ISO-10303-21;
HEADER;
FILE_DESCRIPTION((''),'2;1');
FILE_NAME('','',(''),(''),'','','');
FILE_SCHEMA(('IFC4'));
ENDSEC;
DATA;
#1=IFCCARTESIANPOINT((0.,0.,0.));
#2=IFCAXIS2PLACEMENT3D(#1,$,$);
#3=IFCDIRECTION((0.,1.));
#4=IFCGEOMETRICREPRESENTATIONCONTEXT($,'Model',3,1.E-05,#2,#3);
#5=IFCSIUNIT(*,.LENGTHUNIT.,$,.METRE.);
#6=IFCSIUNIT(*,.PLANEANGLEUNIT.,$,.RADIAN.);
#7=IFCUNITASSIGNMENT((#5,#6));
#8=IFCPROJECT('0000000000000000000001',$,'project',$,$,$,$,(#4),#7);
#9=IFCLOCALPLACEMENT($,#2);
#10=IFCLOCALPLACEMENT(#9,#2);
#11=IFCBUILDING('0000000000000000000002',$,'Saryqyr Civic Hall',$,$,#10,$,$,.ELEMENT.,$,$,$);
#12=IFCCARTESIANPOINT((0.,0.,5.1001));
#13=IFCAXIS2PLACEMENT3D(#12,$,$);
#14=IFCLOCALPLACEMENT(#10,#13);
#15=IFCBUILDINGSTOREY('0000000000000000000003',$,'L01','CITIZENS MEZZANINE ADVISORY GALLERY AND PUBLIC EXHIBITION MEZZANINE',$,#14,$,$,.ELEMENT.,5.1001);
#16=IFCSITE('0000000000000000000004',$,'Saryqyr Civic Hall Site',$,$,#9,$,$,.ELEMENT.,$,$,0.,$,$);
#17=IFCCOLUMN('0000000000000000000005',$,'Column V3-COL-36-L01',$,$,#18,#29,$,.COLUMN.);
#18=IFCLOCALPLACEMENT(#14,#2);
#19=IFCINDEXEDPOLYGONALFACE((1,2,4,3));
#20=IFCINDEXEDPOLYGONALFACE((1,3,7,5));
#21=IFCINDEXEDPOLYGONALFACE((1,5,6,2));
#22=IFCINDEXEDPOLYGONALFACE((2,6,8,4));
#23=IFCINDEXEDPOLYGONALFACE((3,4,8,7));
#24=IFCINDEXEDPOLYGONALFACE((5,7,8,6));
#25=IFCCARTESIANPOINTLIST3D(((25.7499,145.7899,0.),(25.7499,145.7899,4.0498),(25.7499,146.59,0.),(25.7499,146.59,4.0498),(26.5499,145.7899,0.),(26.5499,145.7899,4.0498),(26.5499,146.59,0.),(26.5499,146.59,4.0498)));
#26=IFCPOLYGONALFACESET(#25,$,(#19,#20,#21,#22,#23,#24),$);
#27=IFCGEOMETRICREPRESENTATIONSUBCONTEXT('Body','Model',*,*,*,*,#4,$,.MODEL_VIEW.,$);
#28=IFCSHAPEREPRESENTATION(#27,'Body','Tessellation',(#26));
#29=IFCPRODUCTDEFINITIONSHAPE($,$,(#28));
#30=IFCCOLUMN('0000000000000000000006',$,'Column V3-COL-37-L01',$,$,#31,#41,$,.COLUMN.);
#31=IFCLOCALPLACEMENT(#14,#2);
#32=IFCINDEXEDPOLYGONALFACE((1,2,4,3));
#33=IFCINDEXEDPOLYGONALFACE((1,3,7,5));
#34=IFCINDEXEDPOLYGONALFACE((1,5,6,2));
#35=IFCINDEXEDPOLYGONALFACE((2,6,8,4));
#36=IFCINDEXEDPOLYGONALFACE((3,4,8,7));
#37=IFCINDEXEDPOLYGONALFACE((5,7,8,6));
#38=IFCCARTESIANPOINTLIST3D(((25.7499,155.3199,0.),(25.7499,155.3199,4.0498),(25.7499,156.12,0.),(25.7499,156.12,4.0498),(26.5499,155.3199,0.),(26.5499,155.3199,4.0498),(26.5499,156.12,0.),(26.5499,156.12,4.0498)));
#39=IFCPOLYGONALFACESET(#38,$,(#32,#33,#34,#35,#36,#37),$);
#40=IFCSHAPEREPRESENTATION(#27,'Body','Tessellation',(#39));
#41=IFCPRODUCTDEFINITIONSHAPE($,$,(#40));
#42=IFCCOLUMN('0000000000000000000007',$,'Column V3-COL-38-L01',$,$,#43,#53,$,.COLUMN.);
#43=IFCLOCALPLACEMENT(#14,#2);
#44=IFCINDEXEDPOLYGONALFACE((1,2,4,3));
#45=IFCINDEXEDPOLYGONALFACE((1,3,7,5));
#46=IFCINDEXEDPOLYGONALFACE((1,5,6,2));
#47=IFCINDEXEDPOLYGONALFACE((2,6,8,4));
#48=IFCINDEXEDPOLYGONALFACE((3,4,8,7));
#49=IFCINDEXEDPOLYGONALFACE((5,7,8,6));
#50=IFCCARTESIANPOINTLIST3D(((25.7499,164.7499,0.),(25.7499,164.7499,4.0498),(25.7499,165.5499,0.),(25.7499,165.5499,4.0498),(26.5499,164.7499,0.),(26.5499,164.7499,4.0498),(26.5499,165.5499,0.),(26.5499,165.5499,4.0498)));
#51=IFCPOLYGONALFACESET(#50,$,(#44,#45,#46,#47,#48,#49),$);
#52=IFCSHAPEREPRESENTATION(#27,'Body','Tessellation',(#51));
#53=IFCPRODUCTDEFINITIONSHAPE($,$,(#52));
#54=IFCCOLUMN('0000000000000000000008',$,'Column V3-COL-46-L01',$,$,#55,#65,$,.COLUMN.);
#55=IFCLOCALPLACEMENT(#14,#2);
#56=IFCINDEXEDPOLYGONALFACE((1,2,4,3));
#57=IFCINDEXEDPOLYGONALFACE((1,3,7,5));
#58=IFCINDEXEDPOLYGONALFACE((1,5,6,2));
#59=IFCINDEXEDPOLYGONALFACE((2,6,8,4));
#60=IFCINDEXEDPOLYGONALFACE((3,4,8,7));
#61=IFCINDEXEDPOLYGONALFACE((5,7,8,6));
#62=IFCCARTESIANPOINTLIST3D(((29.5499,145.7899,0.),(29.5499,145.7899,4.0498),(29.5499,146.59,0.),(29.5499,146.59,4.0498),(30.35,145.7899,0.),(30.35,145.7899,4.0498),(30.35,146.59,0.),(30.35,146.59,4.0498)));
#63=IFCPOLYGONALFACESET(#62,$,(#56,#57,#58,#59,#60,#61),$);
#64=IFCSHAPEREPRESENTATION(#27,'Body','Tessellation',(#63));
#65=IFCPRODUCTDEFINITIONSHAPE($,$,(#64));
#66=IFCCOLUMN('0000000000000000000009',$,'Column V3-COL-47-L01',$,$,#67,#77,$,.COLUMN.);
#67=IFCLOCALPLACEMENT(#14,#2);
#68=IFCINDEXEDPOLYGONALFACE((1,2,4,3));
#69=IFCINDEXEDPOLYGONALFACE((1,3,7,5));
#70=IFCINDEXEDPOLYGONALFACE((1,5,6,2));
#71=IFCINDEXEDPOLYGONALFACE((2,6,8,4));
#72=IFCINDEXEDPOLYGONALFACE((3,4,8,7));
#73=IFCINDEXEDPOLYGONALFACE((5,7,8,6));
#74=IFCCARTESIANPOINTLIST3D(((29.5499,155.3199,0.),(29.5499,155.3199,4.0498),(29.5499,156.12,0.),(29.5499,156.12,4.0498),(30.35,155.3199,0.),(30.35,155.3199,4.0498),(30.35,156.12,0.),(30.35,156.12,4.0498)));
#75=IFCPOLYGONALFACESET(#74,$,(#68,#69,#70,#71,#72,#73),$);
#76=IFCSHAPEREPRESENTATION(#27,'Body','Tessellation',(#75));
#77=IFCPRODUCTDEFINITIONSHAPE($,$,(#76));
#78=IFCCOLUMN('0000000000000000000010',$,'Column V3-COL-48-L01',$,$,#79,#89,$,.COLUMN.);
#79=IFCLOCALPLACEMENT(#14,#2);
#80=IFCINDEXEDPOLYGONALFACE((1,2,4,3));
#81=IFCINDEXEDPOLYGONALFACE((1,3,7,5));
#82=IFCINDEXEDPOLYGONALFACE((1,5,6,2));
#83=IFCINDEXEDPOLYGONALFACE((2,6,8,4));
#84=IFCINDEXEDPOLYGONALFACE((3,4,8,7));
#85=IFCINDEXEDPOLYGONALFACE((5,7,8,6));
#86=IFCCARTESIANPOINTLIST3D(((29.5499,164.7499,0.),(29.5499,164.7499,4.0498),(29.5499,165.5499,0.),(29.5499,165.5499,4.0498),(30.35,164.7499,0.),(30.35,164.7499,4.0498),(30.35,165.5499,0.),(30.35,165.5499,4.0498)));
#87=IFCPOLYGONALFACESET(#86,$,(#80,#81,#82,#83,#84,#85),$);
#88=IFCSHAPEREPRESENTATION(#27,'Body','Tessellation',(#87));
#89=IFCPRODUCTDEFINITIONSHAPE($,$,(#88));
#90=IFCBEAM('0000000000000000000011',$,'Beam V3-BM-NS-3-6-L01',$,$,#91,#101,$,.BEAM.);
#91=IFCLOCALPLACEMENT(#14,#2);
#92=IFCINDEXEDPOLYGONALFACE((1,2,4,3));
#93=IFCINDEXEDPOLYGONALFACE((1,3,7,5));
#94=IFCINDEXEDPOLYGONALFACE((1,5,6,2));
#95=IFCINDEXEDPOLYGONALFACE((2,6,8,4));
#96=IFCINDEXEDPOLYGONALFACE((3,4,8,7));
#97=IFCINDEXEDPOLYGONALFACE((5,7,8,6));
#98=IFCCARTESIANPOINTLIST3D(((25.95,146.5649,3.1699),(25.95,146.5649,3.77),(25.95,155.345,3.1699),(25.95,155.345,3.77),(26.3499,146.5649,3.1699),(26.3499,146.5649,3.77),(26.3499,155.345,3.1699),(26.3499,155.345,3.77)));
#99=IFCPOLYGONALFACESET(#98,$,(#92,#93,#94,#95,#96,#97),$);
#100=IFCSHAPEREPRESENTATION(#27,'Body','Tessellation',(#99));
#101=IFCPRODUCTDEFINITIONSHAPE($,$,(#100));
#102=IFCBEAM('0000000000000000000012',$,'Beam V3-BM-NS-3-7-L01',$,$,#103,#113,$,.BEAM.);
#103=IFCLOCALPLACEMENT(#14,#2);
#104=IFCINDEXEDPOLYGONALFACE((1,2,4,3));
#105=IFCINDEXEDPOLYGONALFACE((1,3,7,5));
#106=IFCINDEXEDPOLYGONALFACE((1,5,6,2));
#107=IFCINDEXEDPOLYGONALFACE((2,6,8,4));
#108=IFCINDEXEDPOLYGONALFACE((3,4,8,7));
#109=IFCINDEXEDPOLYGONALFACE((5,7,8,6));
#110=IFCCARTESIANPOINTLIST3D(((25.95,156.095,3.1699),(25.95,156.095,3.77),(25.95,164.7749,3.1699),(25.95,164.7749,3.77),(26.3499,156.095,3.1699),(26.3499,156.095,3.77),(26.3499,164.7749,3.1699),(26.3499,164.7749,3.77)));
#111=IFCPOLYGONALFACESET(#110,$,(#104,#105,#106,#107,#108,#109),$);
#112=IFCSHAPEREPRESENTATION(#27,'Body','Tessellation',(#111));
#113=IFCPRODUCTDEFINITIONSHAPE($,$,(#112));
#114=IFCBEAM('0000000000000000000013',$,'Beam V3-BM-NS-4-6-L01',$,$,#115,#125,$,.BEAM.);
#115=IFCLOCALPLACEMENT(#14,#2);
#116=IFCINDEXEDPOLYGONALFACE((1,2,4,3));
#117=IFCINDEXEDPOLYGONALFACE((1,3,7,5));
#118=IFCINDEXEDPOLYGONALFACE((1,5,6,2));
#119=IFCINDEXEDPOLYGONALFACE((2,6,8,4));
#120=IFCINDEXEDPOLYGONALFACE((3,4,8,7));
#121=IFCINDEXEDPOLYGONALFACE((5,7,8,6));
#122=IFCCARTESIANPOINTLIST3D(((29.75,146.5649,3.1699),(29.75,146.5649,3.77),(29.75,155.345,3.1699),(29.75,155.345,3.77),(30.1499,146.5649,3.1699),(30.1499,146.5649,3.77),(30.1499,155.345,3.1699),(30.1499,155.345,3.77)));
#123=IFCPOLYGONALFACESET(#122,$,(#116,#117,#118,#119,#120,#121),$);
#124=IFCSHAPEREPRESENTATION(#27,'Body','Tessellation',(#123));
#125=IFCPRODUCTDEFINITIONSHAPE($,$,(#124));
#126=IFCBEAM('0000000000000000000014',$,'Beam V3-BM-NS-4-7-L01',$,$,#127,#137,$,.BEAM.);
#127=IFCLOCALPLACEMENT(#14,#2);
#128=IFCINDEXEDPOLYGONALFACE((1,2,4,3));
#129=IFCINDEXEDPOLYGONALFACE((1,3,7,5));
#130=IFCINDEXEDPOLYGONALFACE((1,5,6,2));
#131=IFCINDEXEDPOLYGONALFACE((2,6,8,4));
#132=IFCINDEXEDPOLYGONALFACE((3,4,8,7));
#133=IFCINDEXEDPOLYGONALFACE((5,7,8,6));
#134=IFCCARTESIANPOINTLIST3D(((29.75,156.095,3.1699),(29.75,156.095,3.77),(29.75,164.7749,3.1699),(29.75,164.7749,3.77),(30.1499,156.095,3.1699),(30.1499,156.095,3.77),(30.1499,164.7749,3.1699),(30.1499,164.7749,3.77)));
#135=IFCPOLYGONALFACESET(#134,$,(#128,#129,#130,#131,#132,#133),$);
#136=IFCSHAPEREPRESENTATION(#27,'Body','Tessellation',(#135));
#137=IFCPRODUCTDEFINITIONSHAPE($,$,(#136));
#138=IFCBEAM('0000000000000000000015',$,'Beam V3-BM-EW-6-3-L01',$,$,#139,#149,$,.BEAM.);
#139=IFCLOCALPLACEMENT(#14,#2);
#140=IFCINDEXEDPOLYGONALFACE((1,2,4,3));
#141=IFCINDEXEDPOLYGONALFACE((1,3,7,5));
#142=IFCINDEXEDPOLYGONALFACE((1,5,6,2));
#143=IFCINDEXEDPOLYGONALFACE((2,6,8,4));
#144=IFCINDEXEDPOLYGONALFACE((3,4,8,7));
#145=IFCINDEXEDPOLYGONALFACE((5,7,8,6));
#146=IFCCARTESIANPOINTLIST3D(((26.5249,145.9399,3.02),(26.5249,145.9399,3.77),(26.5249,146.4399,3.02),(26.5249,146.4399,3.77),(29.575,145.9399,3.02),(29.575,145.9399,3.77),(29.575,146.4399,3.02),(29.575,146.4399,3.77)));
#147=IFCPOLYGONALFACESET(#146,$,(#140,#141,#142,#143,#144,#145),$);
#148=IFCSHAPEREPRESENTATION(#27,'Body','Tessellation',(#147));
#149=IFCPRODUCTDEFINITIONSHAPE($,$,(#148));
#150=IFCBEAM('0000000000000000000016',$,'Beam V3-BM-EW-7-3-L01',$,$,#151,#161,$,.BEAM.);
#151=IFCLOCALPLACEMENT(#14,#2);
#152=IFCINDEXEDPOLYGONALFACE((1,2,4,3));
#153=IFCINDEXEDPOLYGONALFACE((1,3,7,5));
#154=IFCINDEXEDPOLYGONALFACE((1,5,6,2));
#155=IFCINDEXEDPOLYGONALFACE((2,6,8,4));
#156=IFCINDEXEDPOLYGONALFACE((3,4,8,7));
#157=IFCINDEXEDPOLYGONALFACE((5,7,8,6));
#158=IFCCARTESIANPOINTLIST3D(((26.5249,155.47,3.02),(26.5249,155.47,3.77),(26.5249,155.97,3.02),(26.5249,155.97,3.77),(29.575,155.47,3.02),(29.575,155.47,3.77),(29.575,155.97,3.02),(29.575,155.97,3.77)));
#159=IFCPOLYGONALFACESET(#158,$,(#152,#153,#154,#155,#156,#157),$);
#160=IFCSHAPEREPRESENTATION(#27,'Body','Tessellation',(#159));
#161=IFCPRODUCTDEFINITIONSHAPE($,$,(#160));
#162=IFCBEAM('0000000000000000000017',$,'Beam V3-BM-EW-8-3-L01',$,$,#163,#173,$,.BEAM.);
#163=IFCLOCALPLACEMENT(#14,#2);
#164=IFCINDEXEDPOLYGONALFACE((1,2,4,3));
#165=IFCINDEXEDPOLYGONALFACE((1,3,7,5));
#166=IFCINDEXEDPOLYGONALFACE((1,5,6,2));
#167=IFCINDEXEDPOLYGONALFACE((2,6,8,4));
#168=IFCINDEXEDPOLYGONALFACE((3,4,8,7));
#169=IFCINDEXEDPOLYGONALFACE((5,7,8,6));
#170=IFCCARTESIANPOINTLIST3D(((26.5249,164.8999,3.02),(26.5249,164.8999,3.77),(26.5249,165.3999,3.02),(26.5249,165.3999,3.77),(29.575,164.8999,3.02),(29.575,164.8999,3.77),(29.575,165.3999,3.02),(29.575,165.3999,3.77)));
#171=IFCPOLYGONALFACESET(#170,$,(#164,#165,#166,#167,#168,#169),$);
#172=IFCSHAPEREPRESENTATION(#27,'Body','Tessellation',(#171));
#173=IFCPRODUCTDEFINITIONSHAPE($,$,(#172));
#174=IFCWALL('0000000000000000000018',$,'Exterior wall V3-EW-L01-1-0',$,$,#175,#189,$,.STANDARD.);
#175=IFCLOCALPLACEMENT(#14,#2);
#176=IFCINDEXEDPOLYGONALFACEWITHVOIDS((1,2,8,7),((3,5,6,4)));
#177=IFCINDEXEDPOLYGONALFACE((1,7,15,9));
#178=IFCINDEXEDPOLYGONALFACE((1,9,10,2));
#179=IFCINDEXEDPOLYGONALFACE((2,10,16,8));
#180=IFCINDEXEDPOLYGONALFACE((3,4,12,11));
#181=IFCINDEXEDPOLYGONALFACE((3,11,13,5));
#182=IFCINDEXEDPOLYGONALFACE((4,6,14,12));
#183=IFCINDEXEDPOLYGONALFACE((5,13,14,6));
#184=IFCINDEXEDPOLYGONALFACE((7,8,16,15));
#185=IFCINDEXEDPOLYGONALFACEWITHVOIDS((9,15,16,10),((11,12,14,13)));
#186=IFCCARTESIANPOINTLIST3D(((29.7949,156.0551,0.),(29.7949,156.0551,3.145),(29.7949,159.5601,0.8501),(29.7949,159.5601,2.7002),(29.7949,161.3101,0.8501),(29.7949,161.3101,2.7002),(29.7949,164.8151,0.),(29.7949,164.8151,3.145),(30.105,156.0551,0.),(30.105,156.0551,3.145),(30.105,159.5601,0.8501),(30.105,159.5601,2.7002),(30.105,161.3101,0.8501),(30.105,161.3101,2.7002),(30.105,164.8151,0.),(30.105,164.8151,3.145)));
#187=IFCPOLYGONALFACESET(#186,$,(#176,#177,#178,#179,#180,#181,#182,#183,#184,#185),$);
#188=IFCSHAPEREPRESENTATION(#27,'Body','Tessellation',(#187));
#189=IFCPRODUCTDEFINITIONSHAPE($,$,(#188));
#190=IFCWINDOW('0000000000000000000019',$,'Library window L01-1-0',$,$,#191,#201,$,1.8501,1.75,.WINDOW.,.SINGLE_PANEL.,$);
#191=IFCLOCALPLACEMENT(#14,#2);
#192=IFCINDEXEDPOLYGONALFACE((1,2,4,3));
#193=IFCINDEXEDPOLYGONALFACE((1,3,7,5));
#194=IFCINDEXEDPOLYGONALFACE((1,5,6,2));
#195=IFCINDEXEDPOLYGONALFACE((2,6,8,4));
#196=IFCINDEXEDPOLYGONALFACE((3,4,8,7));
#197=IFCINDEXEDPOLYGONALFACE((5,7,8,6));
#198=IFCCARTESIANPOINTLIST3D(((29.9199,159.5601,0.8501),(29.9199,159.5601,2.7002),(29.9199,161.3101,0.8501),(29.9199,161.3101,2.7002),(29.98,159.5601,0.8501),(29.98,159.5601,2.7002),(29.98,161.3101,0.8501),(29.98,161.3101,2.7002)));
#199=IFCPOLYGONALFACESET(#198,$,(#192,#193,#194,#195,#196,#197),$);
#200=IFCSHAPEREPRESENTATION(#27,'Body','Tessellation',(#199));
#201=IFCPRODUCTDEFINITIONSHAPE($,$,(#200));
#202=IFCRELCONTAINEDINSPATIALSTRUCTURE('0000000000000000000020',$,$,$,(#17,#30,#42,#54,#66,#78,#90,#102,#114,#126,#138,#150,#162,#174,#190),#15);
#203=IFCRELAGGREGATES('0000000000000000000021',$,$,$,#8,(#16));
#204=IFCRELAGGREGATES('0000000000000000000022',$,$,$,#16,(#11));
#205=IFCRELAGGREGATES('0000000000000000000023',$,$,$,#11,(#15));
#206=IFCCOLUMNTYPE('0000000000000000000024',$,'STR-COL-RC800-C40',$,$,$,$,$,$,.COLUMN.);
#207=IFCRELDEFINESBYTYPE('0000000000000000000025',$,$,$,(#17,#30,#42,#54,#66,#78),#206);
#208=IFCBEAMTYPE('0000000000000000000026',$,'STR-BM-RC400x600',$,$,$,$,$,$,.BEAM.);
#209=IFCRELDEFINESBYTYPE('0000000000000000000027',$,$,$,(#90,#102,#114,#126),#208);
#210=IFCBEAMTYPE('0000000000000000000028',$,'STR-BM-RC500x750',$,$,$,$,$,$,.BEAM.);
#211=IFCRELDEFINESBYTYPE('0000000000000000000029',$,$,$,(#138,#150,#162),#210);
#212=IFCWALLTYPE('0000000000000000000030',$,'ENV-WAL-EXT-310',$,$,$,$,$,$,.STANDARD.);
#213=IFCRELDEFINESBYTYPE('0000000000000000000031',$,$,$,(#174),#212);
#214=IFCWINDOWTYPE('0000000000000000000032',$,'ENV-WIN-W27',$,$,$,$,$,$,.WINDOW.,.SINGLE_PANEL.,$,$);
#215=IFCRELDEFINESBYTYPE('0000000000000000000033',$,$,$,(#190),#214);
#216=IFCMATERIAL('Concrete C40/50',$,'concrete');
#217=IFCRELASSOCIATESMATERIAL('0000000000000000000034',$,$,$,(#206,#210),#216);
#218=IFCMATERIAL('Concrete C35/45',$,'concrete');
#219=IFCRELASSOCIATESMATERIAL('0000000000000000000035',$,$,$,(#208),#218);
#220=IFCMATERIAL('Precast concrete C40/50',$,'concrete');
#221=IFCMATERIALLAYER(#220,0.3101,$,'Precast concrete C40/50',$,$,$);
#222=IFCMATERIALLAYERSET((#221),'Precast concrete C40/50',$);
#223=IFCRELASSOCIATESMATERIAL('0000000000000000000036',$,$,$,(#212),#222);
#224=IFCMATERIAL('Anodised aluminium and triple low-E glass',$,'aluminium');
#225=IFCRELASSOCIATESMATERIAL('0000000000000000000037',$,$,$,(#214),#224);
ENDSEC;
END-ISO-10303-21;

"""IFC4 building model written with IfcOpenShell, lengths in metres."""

from ifc_helpers import new_model, si_unit, direction, frame, frame_2d, origin, origin_2d, place, context, subcontext, project, spatial, rectangle, extrude, material, layer, layer_set, material_profile, profile_set, type_object, element, fill, save


model = new_model("IFC4")

# Units and contexts
model_context = context("Model", 3, precision=1e-05, world=origin(), true_north=direction((0.0, 1.0)))
body_context = subcontext(model_context, "Body", "Model", "MODEL_VIEW")
ifc_project = project(units=[si_unit("LENGTHUNIT", "METRE"), si_unit("PLANEANGLEUNIT", "RADIAN")], contexts=[model_context])

# Site, building, storey
site_placement = place(None, origin())
site = spatial("IfcSite", under=ifc_project, at=site_placement, Name="Saryqyr Civic Hall Site", CompositionType="ELEMENT", RefElevation=0.0)
building_placement = place(site_placement, origin())
building = spatial("IfcBuilding", under=site, at=building_placement, Name="Saryqyr Civic Hall", CompositionType="ELEMENT")
storey_placement = place(building_placement, frame((0.0, 0.0, 5.1001)))
storey = spatial("IfcBuildingStorey", under=building, at=storey_placement, Name="L01", Description="CITIZENS MEZZANINE ADVISORY GALLERY AND PUBLIC EXHIBITION MEZZANINE", CompositionType="ELEMENT", Elevation=5.1001)

# Columns
ifc_material_1 = material(Name="Concrete C40/50", Category="concrete")
ifc_material_profile_1 = material_profile(ifc_material_1, rectangle(XDim=0.8, YDim=0.8, at=origin_2d()), Name="RC 800x800")
ifc_profile_set_1 = profile_set([ifc_material_profile_1], Name="Concrete C40/50")
column_type = type_object("IfcColumnType", Name="STR-COL-RC800-C40", PredefinedType="COLUMN", material=ifc_profile_set_1)
for number, where, z_axis, x_axis, name in (
    (1, (26.1499, 146.1899, 0.0), (0.0, 0.0, 1.0), (1.0, 0.0, 0.0), "Column V3-COL-36-L01"),
    (2, (26.1499, 155.72, 0.0), (0.0, 0.0, 1.0), (1.0, 0.0, 0.0), "Column V3-COL-37-L01"),
    (3, (26.1499, 165.1499, 0.0), (0.0, 0.0, 1.0), (1.0, 0.0, 0.0), "Column V3-COL-38-L01"),
    (4, (29.95, 146.1899, 0.0), (0.0, 0.0, 1.0), (1.0, 0.0, 0.0), "Column V3-COL-46-L01"),
    (5, (29.95, 155.72, 0.0), (0.0, 0.0, 1.0), (1.0, 0.0, 0.0), "Column V3-COL-47-L01"),
    (6, (29.95, 165.1499, 0.0), (0.0, 0.0, 1.0), (1.0, 0.0, 0.0), "Column V3-COL-48-L01"),
):
    element("IfcColumn", number, at=place(storey_placement, frame(where, z_axis=z_axis, x_axis=x_axis)), inside=storey, type_object=column_type, Name=name, PredefinedType="COLUMN", context=body_context, shape_type="SweptSolid", body=[
        extrude(rectangle(XDim=0.8, YDim=0.8, at=origin_2d()), origin(), (0.0, 0.0, 1.0), 4.0498),
    ])

# Beams
ifc_material_2 = material(Name="Concrete C35/45", Category="concrete")
ifc_material_profile_2 = material_profile(ifc_material_2, rectangle(XDim=0.3999, YDim=0.6001, at=origin_2d()), Name="RC 400x600")
ifc_profile_set_2 = profile_set([ifc_material_profile_2], Name="Concrete C35/45")
beam_type_1 = type_object("IfcBeamType", Name="STR-BM-RC400x600", PredefinedType="BEAM", material=ifc_profile_set_2)
beam_1_placement = place(storey_placement, frame((26.1499, 146.5649, 3.47), z_axis=(0.0, 1.0, 0.0), x_axis=(-1.0, 0.0, 0.0)))
element("IfcBeam", 7, at=beam_1_placement, inside=storey, type_object=beam_type_1, Name="Beam V3-BM-NS-3-6-L01", PredefinedType="BEAM", context=body_context, shape_type="SweptSolid", body=[
    extrude(rectangle(XDim=0.3999, YDim=0.6001, at=origin_2d()), origin(), (0.0, 0.0, 1.0), 8.78),
])
beam_2_placement = place(storey_placement, frame((26.1499, 156.095, 3.47), z_axis=(0.0, 1.0, 0.0), x_axis=(-1.0, 0.0, 0.0)))
element("IfcBeam", 8, at=beam_2_placement, inside=storey, type_object=beam_type_1, Name="Beam V3-BM-NS-3-7-L01", PredefinedType="BEAM", context=body_context, shape_type="SweptSolid", body=[
    extrude(rectangle(XDim=0.3999, YDim=0.6001, at=origin_2d()), origin(), (0.0, 0.0, 1.0), 8.6799),
])
beam_3_placement = place(storey_placement, frame((29.95, 146.5649, 3.47), z_axis=(0.0, 1.0, 0.0), x_axis=(-1.0, 0.0, 0.0)))
element("IfcBeam", 9, at=beam_3_placement, inside=storey, type_object=beam_type_1, Name="Beam V3-BM-NS-4-6-L01", PredefinedType="BEAM", context=body_context, shape_type="SweptSolid", body=[
    extrude(rectangle(XDim=0.3999, YDim=0.6001, at=origin_2d()), origin(), (0.0, 0.0, 1.0), 8.78),
])
beam_4_placement = place(storey_placement, frame((29.95, 156.095, 3.47), z_axis=(0.0, 1.0, 0.0), x_axis=(-1.0, 0.0, 0.0)))
element("IfcBeam", 10, at=beam_4_placement, inside=storey, type_object=beam_type_1, Name="Beam V3-BM-NS-4-7-L01", PredefinedType="BEAM", context=body_context, shape_type="SweptSolid", body=[
    extrude(rectangle(XDim=0.3999, YDim=0.6001, at=origin_2d()), origin(), (0.0, 0.0, 1.0), 8.6799),
])
ifc_material_profile_3 = material_profile(ifc_material_1, rectangle(XDim=0.5, YDim=0.75, at=origin_2d()), Name="RC 500x750")
ifc_profile_set_3 = profile_set([ifc_material_profile_3], Name="Concrete C40/50")
beam_type_2 = type_object("IfcBeamType", Name="STR-BM-RC500x750", PredefinedType="BEAM", material=ifc_profile_set_3)
for number, where, z_axis, x_axis, name in (
    (11, (26.5249, 146.1899, 3.395), (1.0, 0.0, 0.0), (0.0, 1.0, 0.0), "Beam V3-BM-EW-6-3-L01"),
    (12, (26.5249, 155.72, 3.395), (1.0, 0.0, 0.0), (0.0, 1.0, 0.0), "Beam V3-BM-EW-7-3-L01"),
    (13, (26.5249, 165.1499, 3.395), (1.0, 0.0, 0.0), (0.0, 1.0, 0.0), "Beam V3-BM-EW-8-3-L01"),
):
    element("IfcBeam", number, at=place(storey_placement, frame(where, z_axis=z_axis, x_axis=x_axis)), inside=storey, type_object=beam_type_2, Name=name, PredefinedType="BEAM", context=body_context, shape_type="SweptSolid", body=[
        extrude(rectangle(XDim=0.5, YDim=0.75, at=origin_2d()), origin(), (0.0, 0.0, 1.0), 3.05),
    ])

# Wall, opening, window
ifc_material_3 = material(Name="Precast concrete C40/50", Category="concrete")
ifc_layer_1 = layer(ifc_material_3, 0.3101, Name="Precast concrete C40/50")
ifc_layer_set_1 = layer_set([ifc_layer_1], Name="Precast concrete C40/50")
wall_type = type_object("IfcWallType", Name="ENV-WAL-EXT-310", PredefinedType="STANDARD", material=ifc_layer_set_1)
wall_1_placement = place(storey_placement, frame((29.95, 164.8149, 0.0), z_axis=(0.0, 0.0, 1.0), x_axis=(0.0, -1.0, 0.0)))
wall_1 = element("IfcWall", 14, at=wall_1_placement, inside=storey, type_object=wall_type, Name="Exterior wall V3-EW-L01-1-0", PredefinedType="STANDARD", context=body_context, shape_type="SweptSolid", body=[
    extrude(rectangle(XDim=8.76, YDim=0.3101, at=frame_2d((4.3799, 0.0))), origin(), (0.0, 0.0, 1.0), 3.145),
])
opening_1_placement = place(wall_1_placement, frame((3.5049, 0.0, 0.8501)))
opening_1 = element("IfcOpeningElement", 15, at=opening_1_placement, cuts=wall_1, PredefinedType="OPENING", context=body_context, shape_type="SweptSolid", body=[
    extrude(rectangle(XDim=1.75, YDim=1.8501, at=frame_2d((0.875, 0.925))), frame((0.0, 0.165, 0.0), z_axis=(0.0, -1.0, 0.0), x_axis=(1.0, 0.0, 0.0)), (0.0, 0.0, 1.0), 0.3301),
])
ifc_material_4 = material(Name="Anodised aluminium and triple low-E glass", Category="aluminium")
window_type_1 = type_object("IfcWindowType", Name="ENV-WIN-W27", PartitioningType="SINGLE_PANEL", PredefinedType="WINDOW", material=ifc_material_4)
window_1_placement = place(opening_1_placement, origin())
window_1 = element("IfcWindow", 16, at=window_1_placement, inside=storey, type_object=window_type_1, Name="Library window L01-1-0", OverallHeight=1.8501, OverallWidth=1.75, PartitioningType="SINGLE_PANEL", PredefinedType="WINDOW", context=body_context, shape_type="SweptSolid", body=[
    extrude(rectangle(XDim=1.75, YDim=1.8501, at=frame_2d((0.875, 0.925))), frame((0.0, 0.03, 0.0), z_axis=(0.0, -1.0, 0.0), x_axis=(1.0, 0.0, 0.0)), (0.0, 0.0, 1.0), 0.0601),
])
fill(opening_1, window_1)

save(model, "model.ifc")
